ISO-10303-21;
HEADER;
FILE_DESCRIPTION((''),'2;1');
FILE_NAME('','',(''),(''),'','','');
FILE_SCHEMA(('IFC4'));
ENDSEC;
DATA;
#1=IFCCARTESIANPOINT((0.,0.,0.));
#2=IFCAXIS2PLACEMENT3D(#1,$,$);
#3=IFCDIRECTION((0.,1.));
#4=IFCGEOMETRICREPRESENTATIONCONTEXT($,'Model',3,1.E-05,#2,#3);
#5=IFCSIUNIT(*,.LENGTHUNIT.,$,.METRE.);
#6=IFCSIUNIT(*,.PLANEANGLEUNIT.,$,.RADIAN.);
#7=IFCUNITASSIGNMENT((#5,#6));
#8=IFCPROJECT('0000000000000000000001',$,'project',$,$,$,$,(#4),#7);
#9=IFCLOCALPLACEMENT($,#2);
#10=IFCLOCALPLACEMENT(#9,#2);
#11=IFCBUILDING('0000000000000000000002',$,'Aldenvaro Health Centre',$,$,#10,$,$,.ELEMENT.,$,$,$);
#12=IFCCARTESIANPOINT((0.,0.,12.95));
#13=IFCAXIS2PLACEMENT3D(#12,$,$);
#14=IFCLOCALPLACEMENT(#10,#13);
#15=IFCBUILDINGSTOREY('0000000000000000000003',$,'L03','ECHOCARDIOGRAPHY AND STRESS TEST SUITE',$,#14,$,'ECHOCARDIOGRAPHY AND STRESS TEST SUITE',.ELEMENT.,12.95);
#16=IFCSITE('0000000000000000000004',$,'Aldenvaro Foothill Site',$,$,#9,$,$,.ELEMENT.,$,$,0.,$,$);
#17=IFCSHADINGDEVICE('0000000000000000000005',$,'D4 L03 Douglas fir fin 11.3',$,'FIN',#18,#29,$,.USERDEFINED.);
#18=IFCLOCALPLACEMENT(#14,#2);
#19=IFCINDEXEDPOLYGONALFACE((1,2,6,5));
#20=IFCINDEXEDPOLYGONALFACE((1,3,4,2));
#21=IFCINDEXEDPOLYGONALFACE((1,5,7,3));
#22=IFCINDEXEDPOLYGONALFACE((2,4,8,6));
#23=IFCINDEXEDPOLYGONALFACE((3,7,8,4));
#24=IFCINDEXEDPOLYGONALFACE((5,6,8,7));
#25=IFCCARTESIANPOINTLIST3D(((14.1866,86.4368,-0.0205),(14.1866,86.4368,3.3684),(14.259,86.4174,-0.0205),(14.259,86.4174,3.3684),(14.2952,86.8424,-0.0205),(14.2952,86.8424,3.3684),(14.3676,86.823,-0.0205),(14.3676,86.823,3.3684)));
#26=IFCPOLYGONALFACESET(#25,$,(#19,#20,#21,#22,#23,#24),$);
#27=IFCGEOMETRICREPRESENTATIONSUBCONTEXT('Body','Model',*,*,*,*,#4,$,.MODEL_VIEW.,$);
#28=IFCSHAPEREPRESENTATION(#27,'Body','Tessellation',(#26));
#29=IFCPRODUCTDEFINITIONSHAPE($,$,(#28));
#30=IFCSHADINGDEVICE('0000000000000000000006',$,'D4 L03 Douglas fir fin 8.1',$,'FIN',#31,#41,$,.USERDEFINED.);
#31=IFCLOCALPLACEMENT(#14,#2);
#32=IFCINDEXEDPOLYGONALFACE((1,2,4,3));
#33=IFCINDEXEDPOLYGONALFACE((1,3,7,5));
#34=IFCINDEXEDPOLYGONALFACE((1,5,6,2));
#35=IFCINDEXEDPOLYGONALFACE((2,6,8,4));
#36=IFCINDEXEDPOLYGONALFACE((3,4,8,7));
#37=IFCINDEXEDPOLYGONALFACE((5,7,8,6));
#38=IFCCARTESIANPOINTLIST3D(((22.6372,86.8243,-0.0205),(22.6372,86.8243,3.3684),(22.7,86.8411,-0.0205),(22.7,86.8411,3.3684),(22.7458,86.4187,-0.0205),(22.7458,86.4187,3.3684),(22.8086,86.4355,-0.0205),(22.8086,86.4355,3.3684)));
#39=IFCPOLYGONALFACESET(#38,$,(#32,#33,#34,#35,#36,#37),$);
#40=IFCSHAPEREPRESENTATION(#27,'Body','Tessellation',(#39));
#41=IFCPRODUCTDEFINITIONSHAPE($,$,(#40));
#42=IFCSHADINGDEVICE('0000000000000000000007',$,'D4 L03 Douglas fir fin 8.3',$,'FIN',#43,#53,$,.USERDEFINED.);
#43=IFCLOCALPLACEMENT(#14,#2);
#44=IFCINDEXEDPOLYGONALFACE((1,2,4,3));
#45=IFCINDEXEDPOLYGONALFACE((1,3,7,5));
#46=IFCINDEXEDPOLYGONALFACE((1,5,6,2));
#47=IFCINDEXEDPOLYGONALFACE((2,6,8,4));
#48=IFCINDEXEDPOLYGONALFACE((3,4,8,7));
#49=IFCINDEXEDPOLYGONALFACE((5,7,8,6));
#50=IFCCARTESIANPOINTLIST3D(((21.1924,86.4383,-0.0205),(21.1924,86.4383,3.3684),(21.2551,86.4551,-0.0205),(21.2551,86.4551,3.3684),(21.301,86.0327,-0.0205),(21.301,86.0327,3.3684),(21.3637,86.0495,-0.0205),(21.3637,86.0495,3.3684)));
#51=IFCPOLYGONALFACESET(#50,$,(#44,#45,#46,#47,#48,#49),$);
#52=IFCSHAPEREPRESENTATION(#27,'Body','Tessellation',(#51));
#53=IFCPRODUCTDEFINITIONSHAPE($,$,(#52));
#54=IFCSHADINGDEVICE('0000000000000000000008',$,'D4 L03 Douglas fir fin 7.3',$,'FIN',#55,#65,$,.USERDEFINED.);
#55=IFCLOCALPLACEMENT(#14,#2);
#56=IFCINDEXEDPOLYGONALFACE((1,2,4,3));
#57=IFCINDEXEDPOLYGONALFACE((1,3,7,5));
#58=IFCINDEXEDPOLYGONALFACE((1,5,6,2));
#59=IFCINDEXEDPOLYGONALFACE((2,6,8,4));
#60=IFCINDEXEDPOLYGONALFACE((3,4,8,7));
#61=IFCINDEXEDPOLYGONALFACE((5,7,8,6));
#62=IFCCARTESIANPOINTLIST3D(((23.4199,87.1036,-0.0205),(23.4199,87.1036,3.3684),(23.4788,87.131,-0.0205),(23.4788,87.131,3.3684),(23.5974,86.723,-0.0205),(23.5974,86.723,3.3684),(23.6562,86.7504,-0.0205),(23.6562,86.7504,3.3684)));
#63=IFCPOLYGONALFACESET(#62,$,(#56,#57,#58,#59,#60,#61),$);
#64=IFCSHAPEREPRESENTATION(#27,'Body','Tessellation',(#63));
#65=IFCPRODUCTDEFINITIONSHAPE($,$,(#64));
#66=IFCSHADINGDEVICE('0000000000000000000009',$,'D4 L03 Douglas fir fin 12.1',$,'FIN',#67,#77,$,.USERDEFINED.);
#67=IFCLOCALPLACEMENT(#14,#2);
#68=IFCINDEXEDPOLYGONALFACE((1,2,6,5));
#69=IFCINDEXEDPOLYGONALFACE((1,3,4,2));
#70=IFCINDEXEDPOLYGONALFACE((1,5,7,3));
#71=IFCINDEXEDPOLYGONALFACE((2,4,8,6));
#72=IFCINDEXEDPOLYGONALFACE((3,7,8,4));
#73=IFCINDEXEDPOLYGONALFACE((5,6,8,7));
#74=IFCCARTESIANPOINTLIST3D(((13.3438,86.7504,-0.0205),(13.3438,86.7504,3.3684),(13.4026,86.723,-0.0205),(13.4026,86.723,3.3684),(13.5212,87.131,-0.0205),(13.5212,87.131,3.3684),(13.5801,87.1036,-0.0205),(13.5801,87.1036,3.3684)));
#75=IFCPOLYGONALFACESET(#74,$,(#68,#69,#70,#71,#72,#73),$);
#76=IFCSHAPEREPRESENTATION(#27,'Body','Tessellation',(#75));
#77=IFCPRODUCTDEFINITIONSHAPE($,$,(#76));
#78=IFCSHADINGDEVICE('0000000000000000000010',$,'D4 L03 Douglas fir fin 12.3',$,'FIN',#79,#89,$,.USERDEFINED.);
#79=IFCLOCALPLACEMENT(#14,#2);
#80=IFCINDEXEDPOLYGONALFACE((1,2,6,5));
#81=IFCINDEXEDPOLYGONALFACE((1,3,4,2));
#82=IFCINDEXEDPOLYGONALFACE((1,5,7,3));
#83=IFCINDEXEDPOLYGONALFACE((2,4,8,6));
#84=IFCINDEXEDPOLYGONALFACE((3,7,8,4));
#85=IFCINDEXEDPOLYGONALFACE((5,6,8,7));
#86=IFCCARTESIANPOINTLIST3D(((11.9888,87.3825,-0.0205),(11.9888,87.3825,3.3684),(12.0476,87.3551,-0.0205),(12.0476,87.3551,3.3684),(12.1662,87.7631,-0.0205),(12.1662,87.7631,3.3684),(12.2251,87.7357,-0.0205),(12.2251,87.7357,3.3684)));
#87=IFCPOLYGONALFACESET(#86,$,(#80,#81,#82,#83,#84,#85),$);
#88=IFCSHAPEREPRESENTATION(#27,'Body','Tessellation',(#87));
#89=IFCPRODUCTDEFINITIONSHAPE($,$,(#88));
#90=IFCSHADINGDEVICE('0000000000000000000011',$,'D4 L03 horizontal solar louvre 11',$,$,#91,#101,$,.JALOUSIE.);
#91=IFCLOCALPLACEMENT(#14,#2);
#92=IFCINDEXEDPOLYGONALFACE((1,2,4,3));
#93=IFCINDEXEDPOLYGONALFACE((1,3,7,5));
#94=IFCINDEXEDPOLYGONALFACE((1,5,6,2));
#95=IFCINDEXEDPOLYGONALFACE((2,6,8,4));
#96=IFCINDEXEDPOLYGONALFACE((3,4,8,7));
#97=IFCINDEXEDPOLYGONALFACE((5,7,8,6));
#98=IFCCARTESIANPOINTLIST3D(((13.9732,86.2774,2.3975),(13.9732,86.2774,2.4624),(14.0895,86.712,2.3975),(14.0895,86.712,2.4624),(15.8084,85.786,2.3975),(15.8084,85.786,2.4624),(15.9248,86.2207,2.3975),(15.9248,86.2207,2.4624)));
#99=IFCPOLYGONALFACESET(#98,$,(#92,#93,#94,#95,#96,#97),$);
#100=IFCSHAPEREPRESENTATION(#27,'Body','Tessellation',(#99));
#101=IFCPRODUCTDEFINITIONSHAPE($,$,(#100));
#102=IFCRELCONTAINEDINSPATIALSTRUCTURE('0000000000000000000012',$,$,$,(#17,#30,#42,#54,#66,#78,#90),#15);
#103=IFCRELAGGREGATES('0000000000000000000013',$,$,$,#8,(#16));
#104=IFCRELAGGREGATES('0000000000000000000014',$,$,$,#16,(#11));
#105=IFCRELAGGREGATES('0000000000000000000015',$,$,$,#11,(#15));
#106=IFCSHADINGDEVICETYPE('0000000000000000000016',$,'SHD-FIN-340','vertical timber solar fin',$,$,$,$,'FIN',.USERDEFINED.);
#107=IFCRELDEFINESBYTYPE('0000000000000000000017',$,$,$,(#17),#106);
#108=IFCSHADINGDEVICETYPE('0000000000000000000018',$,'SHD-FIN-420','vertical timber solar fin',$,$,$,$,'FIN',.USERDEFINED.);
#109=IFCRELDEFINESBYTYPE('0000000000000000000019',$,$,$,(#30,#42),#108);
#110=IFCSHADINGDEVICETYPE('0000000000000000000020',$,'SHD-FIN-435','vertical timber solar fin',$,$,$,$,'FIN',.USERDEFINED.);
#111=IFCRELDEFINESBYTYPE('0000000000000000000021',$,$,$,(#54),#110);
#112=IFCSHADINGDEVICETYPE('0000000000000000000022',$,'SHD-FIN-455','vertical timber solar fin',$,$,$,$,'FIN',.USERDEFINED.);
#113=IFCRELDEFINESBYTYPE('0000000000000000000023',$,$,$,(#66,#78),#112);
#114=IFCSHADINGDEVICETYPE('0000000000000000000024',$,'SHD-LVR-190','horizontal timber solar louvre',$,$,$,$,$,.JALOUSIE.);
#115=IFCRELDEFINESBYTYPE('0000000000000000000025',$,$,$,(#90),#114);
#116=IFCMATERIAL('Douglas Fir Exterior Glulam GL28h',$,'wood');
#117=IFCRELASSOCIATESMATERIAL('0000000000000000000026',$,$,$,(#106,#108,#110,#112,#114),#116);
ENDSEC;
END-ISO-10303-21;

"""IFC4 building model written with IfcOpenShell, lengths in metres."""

from ifc_helpers import new_model, si_unit, direction, frame, origin, origin_2d, place, context, subcontext, project, spatial, rectangle, extrude, material, type_object, element, save


model = new_model("IFC4")

# Units and contexts
model_context = context("Model", 3, precision=1e-05, world=origin(), true_north=direction((0.0, 1.0)))
body_context = subcontext(model_context, "Body", "Model", "MODEL_VIEW")
ifc_project = project(units=[si_unit("LENGTHUNIT", "METRE"), si_unit("PLANEANGLEUNIT", "RADIAN")], contexts=[model_context])

# Site, building, storey
site_placement = place(None, origin())
site = spatial("IfcSite", under=ifc_project, at=site_placement, Name="Aldenvaro Foothill Site", CompositionType="ELEMENT", RefElevation=0.0)
building_placement = place(site_placement, origin())
building = spatial("IfcBuilding", under=site, at=building_placement, Name="Aldenvaro Health Centre", CompositionType="ELEMENT")
storey_placement = place(building_placement, frame((0.0, 0.0, 12.95)))
storey = spatial("IfcBuildingStorey", under=building, at=storey_placement, Name="L03", Description="ECHOCARDIOGRAPHY AND STRESS TEST SUITE", LongName="ECHOCARDIOGRAPHY AND STRESS TEST SUITE", CompositionType="ELEMENT", Elevation=12.95)

# Shading devices
ifc_material_1 = material(Name="Douglas Fir Exterior Glulam GL28h", Category="wood")
shading_device_type_1 = type_object("IfcShadingDeviceType", Name="SHD-FIN-340", Description="vertical timber solar fin", ElementType="FIN", PredefinedType="USERDEFINED", material=ifc_material_1)
shading_device_1_placement = place(storey_placement, frame((14.2771, 86.6299, -0.0205), z_axis=(0.0, 0.0, 1.0), x_axis=(-0.965979, 0.258622, 0.0)))
element("IfcShadingDevice", 1, at=shading_device_1_placement, inside=storey, type_object=shading_device_type_1, Name="D4 L03 Douglas fir fin 11.3", ObjectType="FIN", PredefinedType="USERDEFINED", context=body_context, shape_type="SweptSolid", body=[
    extrude(rectangle(XDim=0.075, YDim=0.4199, at=origin_2d()), origin(), (0.0, 0.0, 1.0), 3.3889),
])
shading_device_type_2 = type_object("IfcShadingDeviceType", Name="SHD-FIN-420", Description="vertical timber solar fin", ElementType="FIN", PredefinedType="USERDEFINED", material=ifc_material_1)
for number, where, z_axis, x_axis, name in (
    (2, (22.7229, 86.6299, -0.0205), (0.0, 0.0, 1.0), (-0.965979, -0.258622, 0.0), "D4 L03 Douglas fir fin 8.1"),
    (3, (21.2781, 86.2439, -0.0205), (0.0, 0.0, 1.0), (-0.965979, -0.258622, 0.0), "D4 L03 Douglas fir fin 8.3"),
):
    element("IfcShadingDevice", number, at=place(storey_placement, frame(where, z_axis=z_axis, x_axis=x_axis)), inside=storey, type_object=shading_device_type_2, Name=name, ObjectType="FIN", PredefinedType="USERDEFINED", context=body_context, shape_type="SweptSolid", body=[
        extrude(rectangle(XDim=0.0649, YDim=0.4199, at=origin_2d()), origin(), (0.0, 0.0, 1.0), 3.3889),
    ])
shading_device_type_3 = type_object("IfcShadingDeviceType", Name="SHD-FIN-435", Description="vertical timber solar fin", ElementType="FIN", PredefinedType="USERDEFINED", material=ifc_material_1)
shading_device_2_placement = place(storey_placement, frame((23.5381, 86.927, -0.0205), z_axis=(0.0, 0.0, 1.0), x_axis=(-0.906336, -0.422557, 0.0)))
element("IfcShadingDevice", 4, at=shading_device_2_placement, inside=storey, type_object=shading_device_type_3, Name="D4 L03 Douglas fir fin 7.3", ObjectType="FIN", PredefinedType="USERDEFINED", context=body_context, shape_type="SweptSolid", body=[
    extrude(rectangle(XDim=0.0649, YDim=0.4199, at=origin_2d()), origin(), (0.0, 0.0, 1.0), 3.3889),
])
shading_device_type_4 = type_object("IfcShadingDeviceType", Name="SHD-FIN-455", Description="vertical timber solar fin", ElementType="FIN", PredefinedType="USERDEFINED", material=ifc_material_1)
for number, where, z_axis, x_axis, name in (
    (5, (13.4619, 86.927, -0.0205), (0.0, 0.0, 1.0), (-0.906336, 0.422557, 0.0), "D4 L03 Douglas fir fin 12.1"),
    (6, (12.1069, 87.5591, -0.0205), (0.0, 0.0, 1.0), (-0.906336, 0.422557, 0.0), "D4 L03 Douglas fir fin 12.3"),
):
    element("IfcShadingDevice", number, at=place(storey_placement, frame(where, z_axis=z_axis, x_axis=x_axis)), inside=storey, type_object=shading_device_type_4, Name=name, ObjectType="FIN", PredefinedType="USERDEFINED", context=body_context, shape_type="SweptSolid", body=[
        extrude(rectangle(XDim=0.0649, YDim=0.4199, at=origin_2d()), origin(), (0.0, 0.0, 1.0), 3.3889),
    ])
shading_device_type_5 = type_object("IfcShadingDeviceType", Name="SHD-LVR-190", Description="horizontal timber solar louvre", PredefinedType="JALOUSIE", material=ifc_material_1)
shading_device_3_placement = place(storey_placement, frame((14.949, 86.249, 2.3975), z_axis=(0.0, 0.0, 1.0), x_axis=(-0.965979, 0.258622, 0.0)))
element("IfcShadingDevice", 7, at=shading_device_3_placement, inside=storey, type_object=shading_device_type_5, Name="D4 L03 horizontal solar louvre 11", PredefinedType="JALOUSIE", context=body_context, shape_type="SweptSolid", body=[
    extrude(rectangle(XDim=1.8999, YDim=0.45, at=origin_2d()), origin(), (0.0, 0.0, 1.0), 0.0649),
])

save(model, "model.ifc")
